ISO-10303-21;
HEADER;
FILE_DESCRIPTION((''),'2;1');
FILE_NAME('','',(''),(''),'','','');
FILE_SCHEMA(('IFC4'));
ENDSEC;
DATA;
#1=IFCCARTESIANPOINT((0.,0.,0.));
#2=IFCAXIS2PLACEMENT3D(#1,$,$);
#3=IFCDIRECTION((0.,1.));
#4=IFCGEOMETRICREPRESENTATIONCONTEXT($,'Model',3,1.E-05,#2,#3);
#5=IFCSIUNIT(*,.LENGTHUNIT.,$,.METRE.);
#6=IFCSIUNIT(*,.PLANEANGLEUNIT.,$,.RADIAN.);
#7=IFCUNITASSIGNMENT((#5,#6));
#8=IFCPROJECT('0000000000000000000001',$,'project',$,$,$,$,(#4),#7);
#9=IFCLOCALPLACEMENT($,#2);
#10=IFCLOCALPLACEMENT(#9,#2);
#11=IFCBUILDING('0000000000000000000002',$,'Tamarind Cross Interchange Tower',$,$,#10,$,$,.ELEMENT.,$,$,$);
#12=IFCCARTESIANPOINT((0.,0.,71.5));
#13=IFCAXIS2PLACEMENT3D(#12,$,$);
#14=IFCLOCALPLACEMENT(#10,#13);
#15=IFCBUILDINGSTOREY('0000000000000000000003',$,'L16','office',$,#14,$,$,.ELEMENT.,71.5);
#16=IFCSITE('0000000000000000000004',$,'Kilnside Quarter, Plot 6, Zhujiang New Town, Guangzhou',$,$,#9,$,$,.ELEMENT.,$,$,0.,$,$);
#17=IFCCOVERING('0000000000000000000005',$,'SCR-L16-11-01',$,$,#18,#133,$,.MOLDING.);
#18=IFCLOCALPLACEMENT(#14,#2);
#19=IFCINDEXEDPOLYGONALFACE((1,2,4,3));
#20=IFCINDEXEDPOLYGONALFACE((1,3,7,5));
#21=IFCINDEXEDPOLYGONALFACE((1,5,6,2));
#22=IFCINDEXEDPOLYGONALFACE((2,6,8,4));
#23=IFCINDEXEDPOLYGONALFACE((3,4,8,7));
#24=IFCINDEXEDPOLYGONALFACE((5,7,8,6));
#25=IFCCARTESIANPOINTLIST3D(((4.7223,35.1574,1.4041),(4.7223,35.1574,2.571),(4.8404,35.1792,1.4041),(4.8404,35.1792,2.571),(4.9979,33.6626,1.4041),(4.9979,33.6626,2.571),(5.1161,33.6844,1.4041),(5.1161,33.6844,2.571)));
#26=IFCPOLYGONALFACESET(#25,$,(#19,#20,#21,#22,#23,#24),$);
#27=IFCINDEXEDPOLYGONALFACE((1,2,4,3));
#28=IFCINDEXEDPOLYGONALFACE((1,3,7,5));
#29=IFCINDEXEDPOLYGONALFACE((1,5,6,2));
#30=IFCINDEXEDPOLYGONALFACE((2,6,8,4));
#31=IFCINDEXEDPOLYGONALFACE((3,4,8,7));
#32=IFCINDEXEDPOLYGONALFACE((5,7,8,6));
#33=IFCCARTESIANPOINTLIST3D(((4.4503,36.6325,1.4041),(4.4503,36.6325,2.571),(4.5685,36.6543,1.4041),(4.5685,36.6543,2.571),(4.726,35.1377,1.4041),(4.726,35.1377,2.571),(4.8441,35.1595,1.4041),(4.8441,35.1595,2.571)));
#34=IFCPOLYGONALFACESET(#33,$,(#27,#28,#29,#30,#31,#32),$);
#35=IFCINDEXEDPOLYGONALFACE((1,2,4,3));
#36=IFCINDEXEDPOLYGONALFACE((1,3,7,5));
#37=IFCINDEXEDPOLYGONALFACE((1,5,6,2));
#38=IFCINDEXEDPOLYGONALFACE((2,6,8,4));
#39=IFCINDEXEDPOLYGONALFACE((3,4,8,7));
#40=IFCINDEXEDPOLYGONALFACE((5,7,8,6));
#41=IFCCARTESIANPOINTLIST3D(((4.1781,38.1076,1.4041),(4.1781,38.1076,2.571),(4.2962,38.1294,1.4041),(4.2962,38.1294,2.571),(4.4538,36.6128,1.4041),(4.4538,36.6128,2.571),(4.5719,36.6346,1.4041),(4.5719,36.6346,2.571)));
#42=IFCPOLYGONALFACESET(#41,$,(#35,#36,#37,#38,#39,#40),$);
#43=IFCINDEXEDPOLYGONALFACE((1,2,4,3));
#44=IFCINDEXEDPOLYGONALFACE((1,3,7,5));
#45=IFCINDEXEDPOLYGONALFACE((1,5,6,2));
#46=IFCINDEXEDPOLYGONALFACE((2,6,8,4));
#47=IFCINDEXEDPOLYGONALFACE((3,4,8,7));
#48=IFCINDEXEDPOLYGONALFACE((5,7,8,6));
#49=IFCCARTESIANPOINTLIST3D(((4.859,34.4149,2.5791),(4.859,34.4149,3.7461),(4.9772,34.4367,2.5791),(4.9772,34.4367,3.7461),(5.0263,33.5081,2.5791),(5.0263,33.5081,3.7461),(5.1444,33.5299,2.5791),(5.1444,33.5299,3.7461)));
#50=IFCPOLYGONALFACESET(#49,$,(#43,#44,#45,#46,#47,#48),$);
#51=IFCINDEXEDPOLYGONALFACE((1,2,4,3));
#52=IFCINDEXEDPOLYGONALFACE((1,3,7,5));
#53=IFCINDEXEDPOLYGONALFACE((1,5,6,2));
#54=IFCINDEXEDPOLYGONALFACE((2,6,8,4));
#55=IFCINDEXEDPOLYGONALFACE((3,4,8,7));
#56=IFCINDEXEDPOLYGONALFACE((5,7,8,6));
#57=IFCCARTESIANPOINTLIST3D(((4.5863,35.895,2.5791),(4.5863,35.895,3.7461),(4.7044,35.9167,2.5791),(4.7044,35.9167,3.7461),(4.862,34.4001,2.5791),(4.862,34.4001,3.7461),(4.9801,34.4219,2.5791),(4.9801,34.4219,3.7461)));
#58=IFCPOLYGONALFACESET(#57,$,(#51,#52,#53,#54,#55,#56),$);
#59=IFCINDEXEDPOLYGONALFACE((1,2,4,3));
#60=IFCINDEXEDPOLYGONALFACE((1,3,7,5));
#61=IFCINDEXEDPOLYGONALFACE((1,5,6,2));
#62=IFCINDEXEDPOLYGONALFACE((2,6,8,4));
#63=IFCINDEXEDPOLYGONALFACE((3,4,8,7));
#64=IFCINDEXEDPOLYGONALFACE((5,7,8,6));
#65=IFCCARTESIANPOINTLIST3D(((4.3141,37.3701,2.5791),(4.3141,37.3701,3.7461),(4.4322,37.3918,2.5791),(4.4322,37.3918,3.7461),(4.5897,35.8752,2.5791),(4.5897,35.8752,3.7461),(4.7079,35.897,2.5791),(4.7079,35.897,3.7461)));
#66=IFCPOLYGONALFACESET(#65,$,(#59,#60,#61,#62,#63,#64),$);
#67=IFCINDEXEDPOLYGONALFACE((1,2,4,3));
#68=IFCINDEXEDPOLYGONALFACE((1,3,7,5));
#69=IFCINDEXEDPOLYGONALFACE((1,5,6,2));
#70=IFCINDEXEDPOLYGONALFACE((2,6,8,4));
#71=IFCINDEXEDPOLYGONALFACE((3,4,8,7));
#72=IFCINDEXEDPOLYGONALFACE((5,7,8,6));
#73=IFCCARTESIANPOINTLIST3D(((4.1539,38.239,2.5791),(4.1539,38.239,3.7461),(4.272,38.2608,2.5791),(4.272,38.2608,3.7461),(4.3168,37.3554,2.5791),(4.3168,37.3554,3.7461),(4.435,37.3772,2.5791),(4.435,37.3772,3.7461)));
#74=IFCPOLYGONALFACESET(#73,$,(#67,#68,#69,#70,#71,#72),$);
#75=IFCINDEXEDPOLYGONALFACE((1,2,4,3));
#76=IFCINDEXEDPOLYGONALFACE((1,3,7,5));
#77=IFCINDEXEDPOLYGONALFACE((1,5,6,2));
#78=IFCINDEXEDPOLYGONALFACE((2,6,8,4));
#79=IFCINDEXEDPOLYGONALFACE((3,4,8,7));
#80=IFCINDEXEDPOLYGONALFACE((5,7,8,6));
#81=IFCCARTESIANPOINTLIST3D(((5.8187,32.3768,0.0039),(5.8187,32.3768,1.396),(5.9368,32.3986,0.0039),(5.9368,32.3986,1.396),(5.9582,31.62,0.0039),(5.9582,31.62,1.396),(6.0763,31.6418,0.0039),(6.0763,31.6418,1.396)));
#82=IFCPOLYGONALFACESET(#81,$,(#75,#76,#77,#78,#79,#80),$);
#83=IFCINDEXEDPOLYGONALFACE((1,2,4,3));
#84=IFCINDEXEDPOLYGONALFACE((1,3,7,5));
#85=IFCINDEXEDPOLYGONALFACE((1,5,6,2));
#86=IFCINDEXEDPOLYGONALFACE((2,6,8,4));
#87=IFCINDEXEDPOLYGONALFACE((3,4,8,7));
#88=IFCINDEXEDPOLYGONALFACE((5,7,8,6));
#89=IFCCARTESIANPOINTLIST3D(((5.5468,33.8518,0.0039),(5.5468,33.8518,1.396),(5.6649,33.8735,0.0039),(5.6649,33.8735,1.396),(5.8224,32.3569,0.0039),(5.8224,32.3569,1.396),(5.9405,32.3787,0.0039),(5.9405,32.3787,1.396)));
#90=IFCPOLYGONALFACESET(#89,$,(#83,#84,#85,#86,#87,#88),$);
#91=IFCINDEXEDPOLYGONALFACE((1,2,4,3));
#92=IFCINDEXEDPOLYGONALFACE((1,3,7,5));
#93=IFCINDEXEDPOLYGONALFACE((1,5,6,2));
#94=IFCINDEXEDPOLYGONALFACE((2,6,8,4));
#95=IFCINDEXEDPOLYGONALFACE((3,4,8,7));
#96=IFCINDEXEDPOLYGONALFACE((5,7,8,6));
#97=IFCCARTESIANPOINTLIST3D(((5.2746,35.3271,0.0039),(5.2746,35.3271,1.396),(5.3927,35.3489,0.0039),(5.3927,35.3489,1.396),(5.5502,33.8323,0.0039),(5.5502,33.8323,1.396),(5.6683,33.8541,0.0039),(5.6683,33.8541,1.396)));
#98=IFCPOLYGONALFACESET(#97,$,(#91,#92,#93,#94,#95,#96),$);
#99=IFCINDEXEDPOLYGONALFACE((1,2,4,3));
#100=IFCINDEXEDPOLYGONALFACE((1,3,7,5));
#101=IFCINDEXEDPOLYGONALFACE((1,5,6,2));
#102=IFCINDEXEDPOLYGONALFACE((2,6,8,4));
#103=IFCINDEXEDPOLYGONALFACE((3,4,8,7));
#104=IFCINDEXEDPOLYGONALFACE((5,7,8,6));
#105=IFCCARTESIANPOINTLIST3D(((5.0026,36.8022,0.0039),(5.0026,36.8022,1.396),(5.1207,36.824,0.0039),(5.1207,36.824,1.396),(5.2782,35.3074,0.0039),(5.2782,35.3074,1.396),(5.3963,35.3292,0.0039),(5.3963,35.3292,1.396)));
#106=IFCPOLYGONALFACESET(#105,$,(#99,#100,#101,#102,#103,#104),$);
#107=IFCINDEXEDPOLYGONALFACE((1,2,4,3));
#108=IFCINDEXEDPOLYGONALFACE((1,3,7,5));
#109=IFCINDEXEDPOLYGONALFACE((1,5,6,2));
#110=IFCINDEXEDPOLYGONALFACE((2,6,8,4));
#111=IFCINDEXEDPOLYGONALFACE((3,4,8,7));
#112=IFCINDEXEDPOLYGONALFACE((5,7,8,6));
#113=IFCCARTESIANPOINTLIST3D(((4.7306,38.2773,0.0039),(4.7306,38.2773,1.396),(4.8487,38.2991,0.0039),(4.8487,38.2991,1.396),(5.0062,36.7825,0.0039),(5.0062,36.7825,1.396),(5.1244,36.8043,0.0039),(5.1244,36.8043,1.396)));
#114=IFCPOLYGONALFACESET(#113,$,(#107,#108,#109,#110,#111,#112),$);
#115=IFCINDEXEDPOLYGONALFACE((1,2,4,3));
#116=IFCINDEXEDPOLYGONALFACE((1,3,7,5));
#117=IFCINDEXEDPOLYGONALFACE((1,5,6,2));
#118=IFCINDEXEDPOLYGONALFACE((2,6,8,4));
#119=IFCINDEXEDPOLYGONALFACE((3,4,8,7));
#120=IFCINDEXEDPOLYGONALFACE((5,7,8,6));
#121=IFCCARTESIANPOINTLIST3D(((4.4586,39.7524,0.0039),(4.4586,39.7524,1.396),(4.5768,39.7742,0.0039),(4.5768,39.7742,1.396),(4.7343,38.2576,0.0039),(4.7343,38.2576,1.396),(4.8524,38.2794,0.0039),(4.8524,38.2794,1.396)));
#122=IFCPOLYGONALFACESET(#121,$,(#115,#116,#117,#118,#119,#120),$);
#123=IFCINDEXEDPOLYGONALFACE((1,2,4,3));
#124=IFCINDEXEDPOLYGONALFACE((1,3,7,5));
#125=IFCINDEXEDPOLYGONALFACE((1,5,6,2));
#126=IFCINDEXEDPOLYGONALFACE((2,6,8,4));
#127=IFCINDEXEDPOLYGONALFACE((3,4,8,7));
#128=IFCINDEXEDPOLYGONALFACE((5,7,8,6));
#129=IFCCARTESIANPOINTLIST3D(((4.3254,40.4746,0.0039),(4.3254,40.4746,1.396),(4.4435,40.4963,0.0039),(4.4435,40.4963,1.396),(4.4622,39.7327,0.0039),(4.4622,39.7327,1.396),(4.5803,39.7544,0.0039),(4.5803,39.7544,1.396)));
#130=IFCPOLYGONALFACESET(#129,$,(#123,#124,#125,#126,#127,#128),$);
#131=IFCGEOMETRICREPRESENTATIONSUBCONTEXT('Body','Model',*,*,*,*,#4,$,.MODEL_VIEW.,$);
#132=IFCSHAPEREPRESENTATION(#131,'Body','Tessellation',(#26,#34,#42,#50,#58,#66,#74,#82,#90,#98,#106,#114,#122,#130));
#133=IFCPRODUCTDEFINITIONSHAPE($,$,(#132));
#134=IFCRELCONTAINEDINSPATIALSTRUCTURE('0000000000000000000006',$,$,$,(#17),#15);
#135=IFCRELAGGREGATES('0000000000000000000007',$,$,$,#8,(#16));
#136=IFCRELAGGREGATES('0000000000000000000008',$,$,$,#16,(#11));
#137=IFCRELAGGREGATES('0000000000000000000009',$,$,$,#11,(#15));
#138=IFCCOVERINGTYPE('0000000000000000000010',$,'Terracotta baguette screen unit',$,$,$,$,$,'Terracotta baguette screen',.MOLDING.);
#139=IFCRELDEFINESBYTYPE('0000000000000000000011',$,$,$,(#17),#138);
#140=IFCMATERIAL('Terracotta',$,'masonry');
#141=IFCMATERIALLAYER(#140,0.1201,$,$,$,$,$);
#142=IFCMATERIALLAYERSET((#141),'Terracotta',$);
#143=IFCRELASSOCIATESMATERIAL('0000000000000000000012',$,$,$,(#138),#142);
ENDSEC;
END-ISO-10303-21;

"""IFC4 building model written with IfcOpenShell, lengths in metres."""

from ifc_helpers import new_model, si_unit, direction, frame, origin, origin_2d, place, context, subcontext, project, spatial, rectangle, extrude, material, layer, layer_set, type_object, element, save


model = new_model("IFC4")

# Units and contexts
model_context = context("Model", 3, precision=1e-05, world=origin(), true_north=direction((0.0, 1.0)))
body_context = subcontext(model_context, "Body", "Model", "MODEL_VIEW")
ifc_project = project(units=[si_unit("LENGTHUNIT", "METRE"), si_unit("PLANEANGLEUNIT", "RADIAN")], contexts=[model_context])

# Site, building, storey
site_placement = place(None, origin())
site = spatial("IfcSite", under=ifc_project, at=site_placement, Name="Kilnside Quarter, Plot 6, Zhujiang New Town, Guangzhou", CompositionType="ELEMENT", RefElevation=0.0)
building_placement = place(site_placement, origin())
building = spatial("IfcBuilding", under=site, at=building_placement, Name="Tamarind Cross Interchange Tower", CompositionType="ELEMENT")
storey_placement = place(building_placement, frame((0.0, 0.0, 71.5)))
storey = spatial("IfcBuildingStorey", under=building, at=storey_placement, Name="L16", Description="office", CompositionType="ELEMENT", Elevation=71.5)

# Covering
ifc_material_1 = material(Name="Terracotta", Category="masonry")
ifc_layer_1 = layer(ifc_material_1, 0.1201)
ifc_layer_set_1 = layer_set([ifc_layer_1], Name="Terracotta")
covering_type = type_object("IfcCoveringType", Name="Terracotta baguette screen unit", ElementType="Terracotta baguette screen", PredefinedType="MOLDING", material=ifc_layer_set_1)
covering_1_placement = place(storey_placement, origin())
element("IfcCovering", 1, at=covering_1_placement, inside=storey, type_object=covering_type, Name="SCR-L16-11-01", PredefinedType="MOLDING", context=body_context, shape_type="SweptSolid", body=[
    extrude(rectangle(XDim=1.52, YDim=0.1201, at=origin_2d()), frame((4.9192, 34.4209, 1.4041), z_axis=(0.0, 0.0, 1.0), x_axis=(-0.181343, 0.98342, 0.0)), (0.0, 0.0, 1.0), 1.167),
    extrude(rectangle(XDim=1.52, YDim=0.1201, at=origin_2d()), frame((4.6472, 35.896, 1.4041), z_axis=(0.0, 0.0, 1.0), x_axis=(-0.181343, 0.98342, 0.0)), (0.0, 0.0, 1.0), 1.167),
    extrude(rectangle(XDim=1.52, YDim=0.1201, at=origin_2d()), frame((4.375, 37.3711, 1.4041), z_axis=(0.0, 0.0, 1.0), x_axis=(-0.181343, 0.98342, 0.0)), (0.0, 0.0, 1.0), 1.167),
    extrude(rectangle(XDim=0.9221, YDim=0.1201, at=origin_2d()), frame((5.0017, 33.9724, 2.5791), z_axis=(0.0, 0.0, 1.0), x_axis=(-0.181343, 0.98342, 0.0)), (0.0, 0.0, 1.0), 1.167),
    extrude(rectangle(XDim=1.52, YDim=0.1201, at=origin_2d()), frame((4.7832, 35.1584, 2.5791), z_axis=(0.0, 0.0, 1.0), x_axis=(-0.181343, 0.98342, 0.0)), (0.0, 0.0, 1.0), 1.167),
    extrude(rectangle(XDim=1.52, YDim=0.1201, at=origin_2d()), frame((4.511, 36.6335, 2.5791), z_axis=(0.0, 0.0, 1.0), x_axis=(-0.181343, 0.98342, 0.0)), (0.0, 0.0, 1.0), 1.167),
    extrude(rectangle(XDim=0.8984, YDim=0.1201, at=origin_2d()), frame((4.2944, 37.8081, 2.5791), z_axis=(0.0, 0.0, 1.0), x_axis=(-0.181343, 0.98342, 0.0)), (0.0, 0.0, 1.0), 1.167),
    extrude(rectangle(XDim=0.7695, YDim=0.1201, at=origin_2d()), frame((5.9475, 32.0093, 0.0039), z_axis=(0.0, 0.0, 1.0), x_axis=(-0.181343, 0.98342, 0.0)), (0.0, 0.0, 1.0), 1.3921),
    extrude(rectangle(XDim=1.52, YDim=0.1201, at=origin_2d()), frame((5.7437, 33.1152, 0.0039), z_axis=(0.0, 0.0, 1.0), x_axis=(-0.181343, 0.98342, 0.0)), (0.0, 0.0, 1.0), 1.3921),
    extrude(rectangle(XDim=1.52, YDim=0.1201, at=origin_2d()), frame((5.4714, 34.5906, 0.0039), z_axis=(0.0, 0.0, 1.0), x_axis=(-0.181343, 0.98342, 0.0)), (0.0, 0.0, 1.0), 1.3921),
    extrude(rectangle(XDim=1.52, YDim=0.1201, at=origin_2d()), frame((5.1995, 36.0657, 0.0039), z_axis=(0.0, 0.0, 1.0), x_axis=(-0.181343, 0.98342, 0.0)), (0.0, 0.0, 1.0), 1.3921),
    extrude(rectangle(XDim=1.52, YDim=0.1201, at=origin_2d()), frame((4.9275, 37.5408, 0.0039), z_axis=(0.0, 0.0, 1.0), x_axis=(-0.181343, 0.98342, 0.0)), (0.0, 0.0, 1.0), 1.3921),
    extrude(rectangle(XDim=1.52, YDim=0.1201, at=origin_2d()), frame((4.6555, 39.0159, 0.0039), z_axis=(0.0, 0.0, 1.0), x_axis=(-0.181343, 0.98342, 0.0)), (0.0, 0.0, 1.0), 1.3921),
    extrude(rectangle(XDim=0.7544, YDim=0.1201, at=origin_2d()), frame((4.4529, 40.1145, 0.0039), z_axis=(0.0, 0.0, 1.0), x_axis=(-0.181343, 0.98342, 0.0)), (0.0, 0.0, 1.0), 1.3921),
])

save(model, "model.ifc")
